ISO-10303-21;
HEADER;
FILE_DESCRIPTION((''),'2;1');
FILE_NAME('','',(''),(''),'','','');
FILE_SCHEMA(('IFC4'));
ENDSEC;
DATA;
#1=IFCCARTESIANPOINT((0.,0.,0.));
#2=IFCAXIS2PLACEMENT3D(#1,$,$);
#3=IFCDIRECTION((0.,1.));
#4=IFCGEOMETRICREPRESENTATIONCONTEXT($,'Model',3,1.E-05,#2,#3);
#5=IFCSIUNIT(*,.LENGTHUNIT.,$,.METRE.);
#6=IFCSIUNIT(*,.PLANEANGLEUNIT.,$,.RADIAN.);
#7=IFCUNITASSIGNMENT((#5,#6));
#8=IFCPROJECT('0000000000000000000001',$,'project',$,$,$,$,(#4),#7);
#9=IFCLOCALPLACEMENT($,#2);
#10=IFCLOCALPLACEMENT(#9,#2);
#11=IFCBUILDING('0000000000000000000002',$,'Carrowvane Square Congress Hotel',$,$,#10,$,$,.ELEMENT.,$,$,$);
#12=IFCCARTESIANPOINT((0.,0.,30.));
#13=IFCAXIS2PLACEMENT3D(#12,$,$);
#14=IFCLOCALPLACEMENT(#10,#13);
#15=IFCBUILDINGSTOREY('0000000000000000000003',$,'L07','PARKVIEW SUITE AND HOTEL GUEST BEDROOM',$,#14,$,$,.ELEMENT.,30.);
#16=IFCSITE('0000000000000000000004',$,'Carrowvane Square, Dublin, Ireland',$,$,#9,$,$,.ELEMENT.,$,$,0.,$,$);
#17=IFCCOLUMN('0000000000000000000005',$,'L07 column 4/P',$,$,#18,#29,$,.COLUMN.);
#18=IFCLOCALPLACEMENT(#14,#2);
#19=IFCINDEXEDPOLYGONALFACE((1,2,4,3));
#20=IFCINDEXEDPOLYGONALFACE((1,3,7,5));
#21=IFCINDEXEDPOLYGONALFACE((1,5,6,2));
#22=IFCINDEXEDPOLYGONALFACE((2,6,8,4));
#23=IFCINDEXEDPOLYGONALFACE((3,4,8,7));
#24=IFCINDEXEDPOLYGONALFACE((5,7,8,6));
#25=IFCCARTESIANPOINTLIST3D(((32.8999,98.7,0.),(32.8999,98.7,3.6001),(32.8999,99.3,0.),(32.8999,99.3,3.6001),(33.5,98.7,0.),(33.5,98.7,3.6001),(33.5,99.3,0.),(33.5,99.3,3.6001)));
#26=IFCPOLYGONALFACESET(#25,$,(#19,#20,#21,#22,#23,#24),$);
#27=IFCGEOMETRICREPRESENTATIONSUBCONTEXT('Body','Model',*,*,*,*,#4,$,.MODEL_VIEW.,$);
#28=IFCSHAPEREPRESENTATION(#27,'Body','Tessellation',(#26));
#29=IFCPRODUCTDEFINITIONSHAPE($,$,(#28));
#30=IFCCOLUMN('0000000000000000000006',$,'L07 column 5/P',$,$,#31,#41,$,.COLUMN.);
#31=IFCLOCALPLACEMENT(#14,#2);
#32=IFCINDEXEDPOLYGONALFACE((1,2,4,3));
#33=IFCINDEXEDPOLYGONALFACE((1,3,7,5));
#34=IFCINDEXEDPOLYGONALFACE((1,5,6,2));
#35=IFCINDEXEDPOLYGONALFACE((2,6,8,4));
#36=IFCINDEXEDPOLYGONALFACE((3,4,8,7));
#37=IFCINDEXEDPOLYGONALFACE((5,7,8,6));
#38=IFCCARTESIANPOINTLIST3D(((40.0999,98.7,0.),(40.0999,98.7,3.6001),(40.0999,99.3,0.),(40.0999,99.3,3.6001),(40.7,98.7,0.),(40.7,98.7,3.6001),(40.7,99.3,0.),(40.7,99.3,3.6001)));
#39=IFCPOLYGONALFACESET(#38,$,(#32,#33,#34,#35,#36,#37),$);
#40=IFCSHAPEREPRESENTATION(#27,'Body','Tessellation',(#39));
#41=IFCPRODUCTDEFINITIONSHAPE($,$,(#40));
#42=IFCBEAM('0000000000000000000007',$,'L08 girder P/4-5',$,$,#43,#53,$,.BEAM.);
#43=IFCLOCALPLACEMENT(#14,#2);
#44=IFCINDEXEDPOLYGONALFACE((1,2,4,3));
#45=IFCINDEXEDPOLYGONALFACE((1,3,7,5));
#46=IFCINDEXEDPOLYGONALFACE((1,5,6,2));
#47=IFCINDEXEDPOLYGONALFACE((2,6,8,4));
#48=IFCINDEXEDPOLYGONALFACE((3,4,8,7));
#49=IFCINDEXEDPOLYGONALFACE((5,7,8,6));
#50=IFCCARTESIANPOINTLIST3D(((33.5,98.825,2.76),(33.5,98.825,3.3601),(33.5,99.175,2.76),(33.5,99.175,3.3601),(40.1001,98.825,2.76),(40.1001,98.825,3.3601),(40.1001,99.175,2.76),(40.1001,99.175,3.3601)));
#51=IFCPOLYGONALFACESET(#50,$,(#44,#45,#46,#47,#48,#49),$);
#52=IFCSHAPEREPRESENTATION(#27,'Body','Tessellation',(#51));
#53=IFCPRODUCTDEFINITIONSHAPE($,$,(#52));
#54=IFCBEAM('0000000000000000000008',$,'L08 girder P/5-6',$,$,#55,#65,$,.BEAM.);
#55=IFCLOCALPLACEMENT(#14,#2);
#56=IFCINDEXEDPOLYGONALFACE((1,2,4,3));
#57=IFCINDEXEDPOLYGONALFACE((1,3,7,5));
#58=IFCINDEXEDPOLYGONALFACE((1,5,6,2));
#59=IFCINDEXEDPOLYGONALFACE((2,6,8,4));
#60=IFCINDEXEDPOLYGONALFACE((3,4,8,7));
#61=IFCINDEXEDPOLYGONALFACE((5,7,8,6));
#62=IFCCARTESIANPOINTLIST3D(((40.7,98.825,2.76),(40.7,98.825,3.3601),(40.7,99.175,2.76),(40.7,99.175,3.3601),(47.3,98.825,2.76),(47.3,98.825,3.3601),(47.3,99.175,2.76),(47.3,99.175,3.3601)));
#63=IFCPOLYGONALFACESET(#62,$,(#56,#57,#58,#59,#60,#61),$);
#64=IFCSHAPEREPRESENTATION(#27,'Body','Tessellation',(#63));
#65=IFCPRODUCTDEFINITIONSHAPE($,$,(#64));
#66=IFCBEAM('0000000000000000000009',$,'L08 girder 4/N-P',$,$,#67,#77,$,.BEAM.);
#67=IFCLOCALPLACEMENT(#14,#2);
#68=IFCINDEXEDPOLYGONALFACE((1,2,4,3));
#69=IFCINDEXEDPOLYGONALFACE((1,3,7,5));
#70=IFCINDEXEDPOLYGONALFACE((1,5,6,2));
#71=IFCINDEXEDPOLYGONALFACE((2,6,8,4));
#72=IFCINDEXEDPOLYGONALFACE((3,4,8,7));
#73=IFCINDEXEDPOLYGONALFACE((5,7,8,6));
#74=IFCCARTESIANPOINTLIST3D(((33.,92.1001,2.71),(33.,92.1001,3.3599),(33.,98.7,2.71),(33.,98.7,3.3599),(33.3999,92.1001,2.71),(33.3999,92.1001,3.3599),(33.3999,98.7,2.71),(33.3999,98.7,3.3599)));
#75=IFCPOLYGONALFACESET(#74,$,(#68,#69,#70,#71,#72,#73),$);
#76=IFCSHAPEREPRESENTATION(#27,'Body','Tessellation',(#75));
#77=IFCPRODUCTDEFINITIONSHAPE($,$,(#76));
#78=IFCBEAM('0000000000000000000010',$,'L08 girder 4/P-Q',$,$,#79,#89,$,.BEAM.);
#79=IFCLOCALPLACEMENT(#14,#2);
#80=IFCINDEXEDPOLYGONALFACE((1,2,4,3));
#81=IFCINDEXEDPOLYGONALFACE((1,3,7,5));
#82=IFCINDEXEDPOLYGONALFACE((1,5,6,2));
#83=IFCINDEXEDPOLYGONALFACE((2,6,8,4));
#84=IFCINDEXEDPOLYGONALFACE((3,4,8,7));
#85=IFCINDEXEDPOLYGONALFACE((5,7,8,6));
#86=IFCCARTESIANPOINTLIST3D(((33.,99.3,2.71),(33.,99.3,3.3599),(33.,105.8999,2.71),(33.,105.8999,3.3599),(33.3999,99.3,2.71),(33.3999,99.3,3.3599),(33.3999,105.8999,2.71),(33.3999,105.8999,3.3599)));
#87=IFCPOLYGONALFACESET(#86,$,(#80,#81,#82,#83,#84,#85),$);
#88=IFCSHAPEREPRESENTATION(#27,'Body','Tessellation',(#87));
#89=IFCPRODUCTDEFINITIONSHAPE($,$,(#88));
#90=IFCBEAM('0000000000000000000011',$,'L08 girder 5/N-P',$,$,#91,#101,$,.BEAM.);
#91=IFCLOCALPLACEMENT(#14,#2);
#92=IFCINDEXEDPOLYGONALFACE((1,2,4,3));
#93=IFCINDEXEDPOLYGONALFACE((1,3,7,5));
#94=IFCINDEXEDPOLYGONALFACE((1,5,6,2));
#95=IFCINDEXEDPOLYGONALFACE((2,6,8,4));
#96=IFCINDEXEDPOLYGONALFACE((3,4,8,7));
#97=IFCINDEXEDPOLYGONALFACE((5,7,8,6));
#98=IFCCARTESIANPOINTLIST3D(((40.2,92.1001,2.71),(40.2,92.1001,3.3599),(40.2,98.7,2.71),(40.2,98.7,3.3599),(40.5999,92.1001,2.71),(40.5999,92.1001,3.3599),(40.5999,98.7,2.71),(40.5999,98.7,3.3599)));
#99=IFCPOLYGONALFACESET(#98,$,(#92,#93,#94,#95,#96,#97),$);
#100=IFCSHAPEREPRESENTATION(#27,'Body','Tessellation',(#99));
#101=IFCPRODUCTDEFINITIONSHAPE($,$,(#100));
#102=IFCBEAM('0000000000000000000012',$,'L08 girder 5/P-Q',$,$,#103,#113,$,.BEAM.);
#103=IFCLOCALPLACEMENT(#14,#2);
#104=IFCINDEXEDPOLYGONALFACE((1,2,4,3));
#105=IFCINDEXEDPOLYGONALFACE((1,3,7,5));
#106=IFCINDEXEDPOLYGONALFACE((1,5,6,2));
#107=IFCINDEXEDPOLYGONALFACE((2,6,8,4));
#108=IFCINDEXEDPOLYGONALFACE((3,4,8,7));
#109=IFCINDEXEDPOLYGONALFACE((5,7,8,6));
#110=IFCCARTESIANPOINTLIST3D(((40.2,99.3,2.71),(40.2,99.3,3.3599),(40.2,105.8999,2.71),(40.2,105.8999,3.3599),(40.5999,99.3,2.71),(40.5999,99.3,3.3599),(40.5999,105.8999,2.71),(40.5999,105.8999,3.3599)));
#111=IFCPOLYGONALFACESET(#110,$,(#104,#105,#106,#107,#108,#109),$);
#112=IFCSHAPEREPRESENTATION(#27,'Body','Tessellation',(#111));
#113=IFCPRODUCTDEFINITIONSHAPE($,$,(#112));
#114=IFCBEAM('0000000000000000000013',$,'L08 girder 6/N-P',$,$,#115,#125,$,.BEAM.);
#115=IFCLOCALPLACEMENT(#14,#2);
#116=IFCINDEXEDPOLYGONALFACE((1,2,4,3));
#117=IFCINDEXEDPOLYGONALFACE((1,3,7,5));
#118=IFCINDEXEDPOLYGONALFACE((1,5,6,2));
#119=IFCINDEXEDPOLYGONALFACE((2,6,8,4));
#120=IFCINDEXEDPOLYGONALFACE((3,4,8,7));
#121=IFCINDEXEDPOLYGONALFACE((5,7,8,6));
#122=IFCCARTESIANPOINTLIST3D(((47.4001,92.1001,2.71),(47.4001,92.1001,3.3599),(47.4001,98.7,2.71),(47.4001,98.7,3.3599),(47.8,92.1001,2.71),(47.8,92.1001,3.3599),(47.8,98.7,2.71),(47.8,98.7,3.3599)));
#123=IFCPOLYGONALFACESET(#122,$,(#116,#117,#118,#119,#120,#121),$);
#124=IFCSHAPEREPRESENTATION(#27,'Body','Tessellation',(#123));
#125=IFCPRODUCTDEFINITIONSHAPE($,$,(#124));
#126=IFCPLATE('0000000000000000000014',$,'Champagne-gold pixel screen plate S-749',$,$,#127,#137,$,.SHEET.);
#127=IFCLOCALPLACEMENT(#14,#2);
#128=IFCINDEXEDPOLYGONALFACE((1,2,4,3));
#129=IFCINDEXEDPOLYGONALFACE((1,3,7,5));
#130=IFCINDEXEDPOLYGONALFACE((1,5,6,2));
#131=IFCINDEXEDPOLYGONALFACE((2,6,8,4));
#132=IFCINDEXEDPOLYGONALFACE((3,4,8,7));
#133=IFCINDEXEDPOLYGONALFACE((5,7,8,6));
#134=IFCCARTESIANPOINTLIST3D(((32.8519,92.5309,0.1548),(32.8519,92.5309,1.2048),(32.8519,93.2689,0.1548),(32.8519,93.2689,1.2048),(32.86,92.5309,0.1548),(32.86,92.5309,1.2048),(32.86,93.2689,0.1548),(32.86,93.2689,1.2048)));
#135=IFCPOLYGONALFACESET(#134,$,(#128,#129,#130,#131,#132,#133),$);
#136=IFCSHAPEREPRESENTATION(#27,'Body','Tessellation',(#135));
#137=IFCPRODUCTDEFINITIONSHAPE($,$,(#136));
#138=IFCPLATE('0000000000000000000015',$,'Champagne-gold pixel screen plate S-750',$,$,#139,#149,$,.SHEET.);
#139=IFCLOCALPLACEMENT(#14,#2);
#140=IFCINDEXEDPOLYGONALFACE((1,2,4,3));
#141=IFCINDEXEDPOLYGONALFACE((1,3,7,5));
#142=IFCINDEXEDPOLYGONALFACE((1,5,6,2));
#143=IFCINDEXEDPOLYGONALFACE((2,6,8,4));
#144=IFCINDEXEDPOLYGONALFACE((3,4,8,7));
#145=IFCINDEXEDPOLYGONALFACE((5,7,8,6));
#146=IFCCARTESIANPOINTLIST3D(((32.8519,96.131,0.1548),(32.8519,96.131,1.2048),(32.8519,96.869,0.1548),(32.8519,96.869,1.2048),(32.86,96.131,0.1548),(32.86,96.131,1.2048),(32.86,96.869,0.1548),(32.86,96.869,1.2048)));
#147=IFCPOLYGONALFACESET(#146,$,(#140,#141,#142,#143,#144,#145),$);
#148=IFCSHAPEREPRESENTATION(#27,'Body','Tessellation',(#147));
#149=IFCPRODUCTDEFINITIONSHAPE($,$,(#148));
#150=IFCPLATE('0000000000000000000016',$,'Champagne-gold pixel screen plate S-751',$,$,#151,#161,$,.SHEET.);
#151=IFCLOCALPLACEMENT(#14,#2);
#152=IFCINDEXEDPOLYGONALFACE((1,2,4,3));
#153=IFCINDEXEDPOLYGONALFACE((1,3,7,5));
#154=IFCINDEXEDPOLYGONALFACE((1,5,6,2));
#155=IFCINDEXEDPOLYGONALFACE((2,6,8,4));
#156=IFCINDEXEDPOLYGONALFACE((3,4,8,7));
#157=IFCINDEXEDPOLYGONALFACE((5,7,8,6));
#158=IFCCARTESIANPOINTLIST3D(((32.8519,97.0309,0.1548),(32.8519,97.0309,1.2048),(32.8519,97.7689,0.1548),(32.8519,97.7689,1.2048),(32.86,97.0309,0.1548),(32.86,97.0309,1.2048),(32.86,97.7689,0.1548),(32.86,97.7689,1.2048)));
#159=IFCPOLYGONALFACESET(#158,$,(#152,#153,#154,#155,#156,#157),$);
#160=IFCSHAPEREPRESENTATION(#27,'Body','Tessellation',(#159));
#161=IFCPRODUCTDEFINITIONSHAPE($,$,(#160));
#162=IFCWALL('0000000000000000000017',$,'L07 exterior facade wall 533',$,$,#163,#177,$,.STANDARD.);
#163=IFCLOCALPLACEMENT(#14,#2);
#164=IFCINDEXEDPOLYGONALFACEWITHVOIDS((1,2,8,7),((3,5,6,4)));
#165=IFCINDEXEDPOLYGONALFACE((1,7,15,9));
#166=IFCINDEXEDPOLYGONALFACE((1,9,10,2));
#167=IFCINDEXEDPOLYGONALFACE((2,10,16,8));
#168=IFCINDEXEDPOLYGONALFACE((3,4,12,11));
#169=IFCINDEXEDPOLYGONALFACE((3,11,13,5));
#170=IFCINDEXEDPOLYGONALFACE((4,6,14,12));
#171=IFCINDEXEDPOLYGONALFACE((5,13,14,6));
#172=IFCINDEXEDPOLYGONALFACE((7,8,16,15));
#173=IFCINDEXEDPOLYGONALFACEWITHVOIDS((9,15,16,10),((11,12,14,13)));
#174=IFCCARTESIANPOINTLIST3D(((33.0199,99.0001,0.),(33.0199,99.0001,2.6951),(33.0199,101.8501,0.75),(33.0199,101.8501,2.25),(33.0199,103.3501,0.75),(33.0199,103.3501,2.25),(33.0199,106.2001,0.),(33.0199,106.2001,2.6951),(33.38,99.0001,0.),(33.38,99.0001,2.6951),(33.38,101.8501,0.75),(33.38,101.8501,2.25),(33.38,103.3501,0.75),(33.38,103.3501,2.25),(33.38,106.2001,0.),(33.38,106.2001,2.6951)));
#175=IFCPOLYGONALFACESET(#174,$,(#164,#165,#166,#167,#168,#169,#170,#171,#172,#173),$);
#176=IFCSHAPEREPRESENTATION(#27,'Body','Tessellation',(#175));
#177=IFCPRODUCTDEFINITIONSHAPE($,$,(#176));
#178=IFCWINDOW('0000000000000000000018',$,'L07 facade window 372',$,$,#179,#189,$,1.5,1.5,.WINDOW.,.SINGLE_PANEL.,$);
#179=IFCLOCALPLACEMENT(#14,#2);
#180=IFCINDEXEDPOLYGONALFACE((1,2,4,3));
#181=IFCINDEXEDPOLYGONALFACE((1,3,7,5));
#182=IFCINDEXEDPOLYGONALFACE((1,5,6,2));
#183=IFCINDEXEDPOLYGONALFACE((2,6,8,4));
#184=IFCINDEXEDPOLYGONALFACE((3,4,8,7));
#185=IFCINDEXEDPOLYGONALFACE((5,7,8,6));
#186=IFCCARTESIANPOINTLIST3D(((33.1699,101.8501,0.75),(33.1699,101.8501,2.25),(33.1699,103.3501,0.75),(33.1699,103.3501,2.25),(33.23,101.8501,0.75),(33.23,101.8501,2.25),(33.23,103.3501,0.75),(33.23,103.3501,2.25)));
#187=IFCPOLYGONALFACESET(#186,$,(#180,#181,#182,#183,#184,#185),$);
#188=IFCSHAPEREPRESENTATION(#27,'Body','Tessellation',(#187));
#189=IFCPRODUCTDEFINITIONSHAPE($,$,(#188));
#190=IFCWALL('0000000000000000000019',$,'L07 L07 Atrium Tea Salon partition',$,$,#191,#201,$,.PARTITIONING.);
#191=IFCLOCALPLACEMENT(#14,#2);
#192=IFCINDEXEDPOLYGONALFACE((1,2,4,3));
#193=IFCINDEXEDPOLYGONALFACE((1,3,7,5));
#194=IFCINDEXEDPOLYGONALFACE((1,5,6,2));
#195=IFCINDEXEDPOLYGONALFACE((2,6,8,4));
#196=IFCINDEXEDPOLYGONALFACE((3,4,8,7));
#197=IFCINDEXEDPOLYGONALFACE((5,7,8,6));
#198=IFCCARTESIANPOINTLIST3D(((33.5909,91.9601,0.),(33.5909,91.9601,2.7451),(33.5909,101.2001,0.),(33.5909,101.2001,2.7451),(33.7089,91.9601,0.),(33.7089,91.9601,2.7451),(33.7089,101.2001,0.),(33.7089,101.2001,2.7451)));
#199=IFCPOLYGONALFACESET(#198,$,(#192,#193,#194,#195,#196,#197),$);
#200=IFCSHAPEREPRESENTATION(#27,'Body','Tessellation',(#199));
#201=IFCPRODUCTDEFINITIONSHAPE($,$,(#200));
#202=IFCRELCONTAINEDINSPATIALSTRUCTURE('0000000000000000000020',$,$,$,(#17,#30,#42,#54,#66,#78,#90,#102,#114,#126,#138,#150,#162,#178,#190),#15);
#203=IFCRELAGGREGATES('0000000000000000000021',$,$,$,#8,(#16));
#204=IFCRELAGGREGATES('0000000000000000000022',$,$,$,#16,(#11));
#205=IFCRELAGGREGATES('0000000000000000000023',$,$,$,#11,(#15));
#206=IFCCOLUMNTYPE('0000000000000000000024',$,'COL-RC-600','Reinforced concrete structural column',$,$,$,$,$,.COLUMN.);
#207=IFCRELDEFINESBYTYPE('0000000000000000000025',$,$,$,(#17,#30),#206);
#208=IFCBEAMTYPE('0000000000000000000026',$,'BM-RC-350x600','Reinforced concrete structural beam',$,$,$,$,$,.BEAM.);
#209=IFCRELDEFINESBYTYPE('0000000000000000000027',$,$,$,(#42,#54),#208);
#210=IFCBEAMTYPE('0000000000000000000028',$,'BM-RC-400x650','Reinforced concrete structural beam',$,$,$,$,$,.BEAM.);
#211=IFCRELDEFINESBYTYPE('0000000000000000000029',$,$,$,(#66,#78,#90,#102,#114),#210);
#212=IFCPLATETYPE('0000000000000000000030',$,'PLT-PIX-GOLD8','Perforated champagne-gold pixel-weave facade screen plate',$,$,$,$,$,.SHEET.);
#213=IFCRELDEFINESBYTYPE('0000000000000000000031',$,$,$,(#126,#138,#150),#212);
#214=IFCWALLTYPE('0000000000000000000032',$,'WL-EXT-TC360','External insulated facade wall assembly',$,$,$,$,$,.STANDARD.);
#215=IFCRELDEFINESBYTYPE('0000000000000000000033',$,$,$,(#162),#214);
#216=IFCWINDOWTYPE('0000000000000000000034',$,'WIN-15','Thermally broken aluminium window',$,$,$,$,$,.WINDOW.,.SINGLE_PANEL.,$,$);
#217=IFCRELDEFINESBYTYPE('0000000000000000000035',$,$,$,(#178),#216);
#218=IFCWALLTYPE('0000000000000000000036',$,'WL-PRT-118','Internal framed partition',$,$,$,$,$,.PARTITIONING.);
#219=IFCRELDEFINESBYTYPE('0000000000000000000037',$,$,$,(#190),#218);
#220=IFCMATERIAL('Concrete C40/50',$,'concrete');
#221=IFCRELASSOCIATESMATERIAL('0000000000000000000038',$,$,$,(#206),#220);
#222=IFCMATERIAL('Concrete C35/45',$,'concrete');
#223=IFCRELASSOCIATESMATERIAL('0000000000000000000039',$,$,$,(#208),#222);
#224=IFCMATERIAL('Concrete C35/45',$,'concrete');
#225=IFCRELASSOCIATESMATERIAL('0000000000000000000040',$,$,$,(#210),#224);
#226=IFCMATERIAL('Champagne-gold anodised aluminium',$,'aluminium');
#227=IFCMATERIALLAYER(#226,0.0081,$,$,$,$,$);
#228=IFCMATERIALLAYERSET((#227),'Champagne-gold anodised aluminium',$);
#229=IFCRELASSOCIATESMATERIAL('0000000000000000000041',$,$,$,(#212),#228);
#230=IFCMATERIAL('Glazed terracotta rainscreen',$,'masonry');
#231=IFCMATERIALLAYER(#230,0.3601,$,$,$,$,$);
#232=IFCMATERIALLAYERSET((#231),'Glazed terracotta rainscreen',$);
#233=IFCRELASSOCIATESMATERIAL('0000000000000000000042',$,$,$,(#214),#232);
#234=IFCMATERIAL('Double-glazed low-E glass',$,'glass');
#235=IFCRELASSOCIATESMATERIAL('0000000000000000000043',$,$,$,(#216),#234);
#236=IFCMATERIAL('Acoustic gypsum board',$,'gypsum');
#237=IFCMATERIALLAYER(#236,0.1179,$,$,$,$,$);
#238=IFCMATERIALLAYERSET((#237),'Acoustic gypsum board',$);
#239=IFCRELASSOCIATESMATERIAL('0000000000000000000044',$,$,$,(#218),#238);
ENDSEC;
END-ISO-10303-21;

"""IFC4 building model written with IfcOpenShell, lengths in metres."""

from ifc_helpers import new_model, si_unit, direction, frame, frame_2d, origin, origin_2d, place, context, subcontext, project, spatial, rectangle, extrude, material, layer, layer_set, material_profile, profile_set, type_object, element, fill, save


model = new_model("IFC4")

# Units and contexts
model_context = context("Model", 3, precision=1e-05, world=origin(), true_north=direction((0.0, 1.0)))
body_context = subcontext(model_context, "Body", "Model", "MODEL_VIEW")
ifc_project = project(units=[si_unit("LENGTHUNIT", "METRE"), si_unit("PLANEANGLEUNIT", "RADIAN")], contexts=[model_context])

# Site, building, storey
site_placement = place(None, origin())
site = spatial("IfcSite", under=ifc_project, at=site_placement, Name="Carrowvane Square, Dublin, Ireland", CompositionType="ELEMENT", RefElevation=0.0)
building_placement = place(site_placement, origin())
building = spatial("IfcBuilding", under=site, at=building_placement, Name="Carrowvane Square Congress Hotel", CompositionType="ELEMENT")
storey_placement = place(building_placement, frame((0.0, 0.0, 30.0)))
storey = spatial("IfcBuildingStorey", under=building, at=storey_placement, Name="L07", Description="PARKVIEW SUITE AND HOTEL GUEST BEDROOM", CompositionType="ELEMENT", Elevation=30.0)

# Columns
ifc_material_1 = material(Name="Concrete C40/50", Category="concrete")
ifc_material_profile_1 = material_profile(ifc_material_1, rectangle(XDim=0.6001, YDim=0.6001, at=origin_2d()), Name="RC 600x600")
ifc_profile_set_1 = profile_set([ifc_material_profile_1], Name="Concrete C40/50")
column_type = type_object("IfcColumnType", Name="COL-RC-600", Description="Reinforced concrete structural column", PredefinedType="COLUMN", material=ifc_profile_set_1)
for number, where, z_axis, x_axis, name in (
    (1, (33.2, 99.0, 0.0), (0.0, 0.0, 1.0), (1.0, 0.0, 0.0), "L07 column 4/P"),
    (2, (40.3999, 99.0, 0.0), (0.0, 0.0, 1.0), (1.0, 0.0, 0.0), "L07 column 5/P"),
):
    element("IfcColumn", number, at=place(storey_placement, frame(where, z_axis=z_axis, x_axis=x_axis)), inside=storey, type_object=column_type, Name=name, PredefinedType="COLUMN", context=body_context, shape_type="SweptSolid", body=[
        extrude(rectangle(XDim=0.6001, YDim=0.6001, at=origin_2d()), origin(), (0.0, 0.0, 1.0), 3.6001),
    ])

# Beams
ifc_material_2 = material(Name="Concrete C35/45", Category="concrete")
ifc_material_profile_2 = material_profile(ifc_material_2, rectangle(XDim=0.3501, YDim=0.6001, at=origin_2d()), Name="RC 350x600")
ifc_profile_set_2 = profile_set([ifc_material_profile_2], Name="Concrete C35/45")
beam_type_1 = type_object("IfcBeamType", Name="BM-RC-350x600", Description="Reinforced concrete structural beam", PredefinedType="BEAM", material=ifc_profile_set_2)
for number, where, z_axis, x_axis, name in (
    (3, (33.5, 99.0, 3.0601), (1.0, 0.0, 0.0), (0.0, 1.0, 0.0), "L08 girder P/4-5"),
    (4, (40.7, 99.0, 3.0601), (1.0, 0.0, 0.0), (0.0, 1.0, 0.0), "L08 girder P/5-6"),
):
    element("IfcBeam", number, at=place(storey_placement, frame(where, z_axis=z_axis, x_axis=x_axis)), inside=storey, type_object=beam_type_1, Name=name, PredefinedType="BEAM", context=body_context, shape_type="SweptSolid", body=[
        extrude(rectangle(XDim=0.3501, YDim=0.6001, at=origin_2d()), origin(), (0.0, 0.0, 1.0), 6.6001),
    ])
ifc_material_3 = material(Name="Concrete C35/45", Category="concrete")
ifc_material_profile_3 = material_profile(ifc_material_3, rectangle(XDim=0.3999, YDim=0.6499, at=origin_2d()), Name="RC 400x650")
ifc_profile_set_3 = profile_set([ifc_material_profile_3], Name="Concrete C35/45")
beam_type_2 = type_object("IfcBeamType", Name="BM-RC-400x650", Description="Reinforced concrete structural beam", PredefinedType="BEAM", material=ifc_profile_set_3)
for number, where, z_axis, x_axis, name in (
    (5, (33.2, 92.1001, 3.0349), (0.0, 1.0, 0.0), (-1.0, 0.0, 0.0), "L08 girder 4/N-P"),
    (6, (33.2, 99.3, 3.0349), (0.0, 1.0, 0.0), (-1.0, 0.0, 0.0), "L08 girder 4/P-Q"),
    (7, (40.3999, 92.1001, 3.0349), (0.0, 1.0, 0.0), (-1.0, 0.0, 0.0), "L08 girder 5/N-P"),
    (8, (40.3999, 99.3, 3.0349), (0.0, 1.0, 0.0), (-1.0, 0.0, 0.0), "L08 girder 5/P-Q"),
    (9, (47.6001, 92.1001, 3.0349), (0.0, 1.0, 0.0), (-1.0, 0.0, 0.0), "L08 girder 6/N-P"),
):
    element("IfcBeam", number, at=place(storey_placement, frame(where, z_axis=z_axis, x_axis=x_axis)), inside=storey, type_object=beam_type_2, Name=name, PredefinedType="BEAM", context=body_context, shape_type="SweptSolid", body=[
        extrude(rectangle(XDim=0.3999, YDim=0.6499, at=origin_2d()), origin(), (0.0, 0.0, 1.0), 6.5999),
    ])

# Plates
ifc_material_4 = material(Name="Champagne-gold anodised aluminium", Category="aluminium")
ifc_layer_1 = layer(ifc_material_4, 0.0081)
ifc_layer_set_1 = layer_set([ifc_layer_1], Name="Champagne-gold anodised aluminium")
plate_type = type_object("IfcPlateType", Name="PLT-PIX-GOLD8", Description="Perforated champagne-gold pixel-weave facade screen plate", PredefinedType="SHEET", material=ifc_layer_set_1)
for number, where, z_axis, x_axis, name in (
    (10, (32.856, 92.8999, 0.1548), (0.0, 0.0, 1.0), (0.0, 1.0, 0.0), "Champagne-gold pixel screen plate S-749"),
    (11, (32.856, 96.5, 0.1548), (0.0, 0.0, 1.0), (0.0, 1.0, 0.0), "Champagne-gold pixel screen plate S-750"),
    (12, (32.856, 97.3999, 0.1548), (0.0, 0.0, 1.0), (0.0, 1.0, 0.0), "Champagne-gold pixel screen plate S-751"),
):
    element("IfcPlate", number, at=place(storey_placement, frame(where, z_axis=z_axis, x_axis=x_axis)), inside=storey, type_object=plate_type, Name=name, PredefinedType="SHEET", context=body_context, shape_type="SweptSolid", body=[
        extrude(rectangle(XDim=0.738, YDim=0.0081, at=origin_2d()), origin(), (0.0, 0.0, 1.0), 1.05),
    ])

# Wall, opening, window
ifc_material_5 = material(Name="Glazed terracotta rainscreen", Category="masonry")
ifc_layer_2 = layer(ifc_material_5, 0.3601)
ifc_layer_set_2 = layer_set([ifc_layer_2], Name="Glazed terracotta rainscreen")
wall_type_1 = type_object("IfcWallType", Name="WL-EXT-TC360", Description="External insulated facade wall assembly", PredefinedType="STANDARD", material=ifc_layer_set_2)
wall_1_placement = place(storey_placement, frame((33.2, 99.0, 0.0), z_axis=(0.0, 0.0, 1.0), x_axis=(0.0, 1.0, 0.0)))
wall_1 = element("IfcWall", 13, at=wall_1_placement, inside=storey, type_object=wall_type_1, Name="L07 exterior facade wall 533", PredefinedType="STANDARD", context=body_context, shape_type="SweptSolid", body=[
    extrude(rectangle(XDim=7.2, YDim=0.3601, at=frame_2d((3.6001, 0.0))), origin(), (0.0, 0.0, 1.0), 2.6951),
])
opening_1_placement = place(wall_1_placement, frame((2.8501, 0.0, 0.75)))
opening_1 = element("IfcOpeningElement", 14, at=opening_1_placement, cuts=wall_1, PredefinedType="OPENING", context=body_context, shape_type="SweptSolid", body=[
    extrude(rectangle(XDim=1.5, YDim=1.5, at=frame_2d((0.75, 0.75))), frame((0.0, 0.1899, 0.0), z_axis=(0.0, -1.0, 0.0), x_axis=(1.0, 0.0, 0.0)), (0.0, 0.0, 1.0), 0.3801),
])
ifc_material_6 = material(Name="Double-glazed low-E glass", Category="glass")
window_type = type_object("IfcWindowType", Name="WIN-15", Description="Thermally broken aluminium window", PartitioningType="SINGLE_PANEL", PredefinedType="WINDOW", material=ifc_material_6)
window_placement = place(opening_1_placement, origin())
window = element("IfcWindow", 15, at=window_placement, inside=storey, type_object=window_type, Name="L07 facade window 372", OverallHeight=1.5, OverallWidth=1.5, PartitioningType="SINGLE_PANEL", PredefinedType="WINDOW", context=body_context, shape_type="SweptSolid", body=[
    extrude(rectangle(XDim=1.5, YDim=1.5, at=frame_2d((0.75, 0.75))), frame((0.0, 0.03, 0.0), z_axis=(0.0, -1.0, 0.0), x_axis=(1.0, 0.0, 0.0)), (0.0, 0.0, 1.0), 0.0601),
])
fill(opening_1, window)

# Wall
ifc_material_7 = material(Name="Acoustic gypsum board", Category="gypsum")
ifc_layer_3 = layer(ifc_material_7, 0.1179)
ifc_layer_set_3 = layer_set([ifc_layer_3], Name="Acoustic gypsum board")
wall_type_2 = type_object("IfcWallType", Name="WL-PRT-118", Description="Internal framed partition", PredefinedType="PARTITIONING", material=ifc_layer_set_3)
wall_2_placement = place(storey_placement, frame((33.6499, 91.96, 0.0), z_axis=(0.0, 0.0, 1.0), x_axis=(0.0, 1.0, 0.0)))
element("IfcWall", 16, at=wall_2_placement, inside=storey, type_object=wall_type_2, Name="L07 L07 Atrium Tea Salon partition", PredefinedType="PARTITIONING", context=body_context, shape_type="SweptSolid", body=[
    extrude(rectangle(XDim=9.24, YDim=0.1179, at=frame_2d((4.6201, 0.0))), origin(), (0.0, 0.0, 1.0), 2.7451),
])

save(model, "model.ifc")
